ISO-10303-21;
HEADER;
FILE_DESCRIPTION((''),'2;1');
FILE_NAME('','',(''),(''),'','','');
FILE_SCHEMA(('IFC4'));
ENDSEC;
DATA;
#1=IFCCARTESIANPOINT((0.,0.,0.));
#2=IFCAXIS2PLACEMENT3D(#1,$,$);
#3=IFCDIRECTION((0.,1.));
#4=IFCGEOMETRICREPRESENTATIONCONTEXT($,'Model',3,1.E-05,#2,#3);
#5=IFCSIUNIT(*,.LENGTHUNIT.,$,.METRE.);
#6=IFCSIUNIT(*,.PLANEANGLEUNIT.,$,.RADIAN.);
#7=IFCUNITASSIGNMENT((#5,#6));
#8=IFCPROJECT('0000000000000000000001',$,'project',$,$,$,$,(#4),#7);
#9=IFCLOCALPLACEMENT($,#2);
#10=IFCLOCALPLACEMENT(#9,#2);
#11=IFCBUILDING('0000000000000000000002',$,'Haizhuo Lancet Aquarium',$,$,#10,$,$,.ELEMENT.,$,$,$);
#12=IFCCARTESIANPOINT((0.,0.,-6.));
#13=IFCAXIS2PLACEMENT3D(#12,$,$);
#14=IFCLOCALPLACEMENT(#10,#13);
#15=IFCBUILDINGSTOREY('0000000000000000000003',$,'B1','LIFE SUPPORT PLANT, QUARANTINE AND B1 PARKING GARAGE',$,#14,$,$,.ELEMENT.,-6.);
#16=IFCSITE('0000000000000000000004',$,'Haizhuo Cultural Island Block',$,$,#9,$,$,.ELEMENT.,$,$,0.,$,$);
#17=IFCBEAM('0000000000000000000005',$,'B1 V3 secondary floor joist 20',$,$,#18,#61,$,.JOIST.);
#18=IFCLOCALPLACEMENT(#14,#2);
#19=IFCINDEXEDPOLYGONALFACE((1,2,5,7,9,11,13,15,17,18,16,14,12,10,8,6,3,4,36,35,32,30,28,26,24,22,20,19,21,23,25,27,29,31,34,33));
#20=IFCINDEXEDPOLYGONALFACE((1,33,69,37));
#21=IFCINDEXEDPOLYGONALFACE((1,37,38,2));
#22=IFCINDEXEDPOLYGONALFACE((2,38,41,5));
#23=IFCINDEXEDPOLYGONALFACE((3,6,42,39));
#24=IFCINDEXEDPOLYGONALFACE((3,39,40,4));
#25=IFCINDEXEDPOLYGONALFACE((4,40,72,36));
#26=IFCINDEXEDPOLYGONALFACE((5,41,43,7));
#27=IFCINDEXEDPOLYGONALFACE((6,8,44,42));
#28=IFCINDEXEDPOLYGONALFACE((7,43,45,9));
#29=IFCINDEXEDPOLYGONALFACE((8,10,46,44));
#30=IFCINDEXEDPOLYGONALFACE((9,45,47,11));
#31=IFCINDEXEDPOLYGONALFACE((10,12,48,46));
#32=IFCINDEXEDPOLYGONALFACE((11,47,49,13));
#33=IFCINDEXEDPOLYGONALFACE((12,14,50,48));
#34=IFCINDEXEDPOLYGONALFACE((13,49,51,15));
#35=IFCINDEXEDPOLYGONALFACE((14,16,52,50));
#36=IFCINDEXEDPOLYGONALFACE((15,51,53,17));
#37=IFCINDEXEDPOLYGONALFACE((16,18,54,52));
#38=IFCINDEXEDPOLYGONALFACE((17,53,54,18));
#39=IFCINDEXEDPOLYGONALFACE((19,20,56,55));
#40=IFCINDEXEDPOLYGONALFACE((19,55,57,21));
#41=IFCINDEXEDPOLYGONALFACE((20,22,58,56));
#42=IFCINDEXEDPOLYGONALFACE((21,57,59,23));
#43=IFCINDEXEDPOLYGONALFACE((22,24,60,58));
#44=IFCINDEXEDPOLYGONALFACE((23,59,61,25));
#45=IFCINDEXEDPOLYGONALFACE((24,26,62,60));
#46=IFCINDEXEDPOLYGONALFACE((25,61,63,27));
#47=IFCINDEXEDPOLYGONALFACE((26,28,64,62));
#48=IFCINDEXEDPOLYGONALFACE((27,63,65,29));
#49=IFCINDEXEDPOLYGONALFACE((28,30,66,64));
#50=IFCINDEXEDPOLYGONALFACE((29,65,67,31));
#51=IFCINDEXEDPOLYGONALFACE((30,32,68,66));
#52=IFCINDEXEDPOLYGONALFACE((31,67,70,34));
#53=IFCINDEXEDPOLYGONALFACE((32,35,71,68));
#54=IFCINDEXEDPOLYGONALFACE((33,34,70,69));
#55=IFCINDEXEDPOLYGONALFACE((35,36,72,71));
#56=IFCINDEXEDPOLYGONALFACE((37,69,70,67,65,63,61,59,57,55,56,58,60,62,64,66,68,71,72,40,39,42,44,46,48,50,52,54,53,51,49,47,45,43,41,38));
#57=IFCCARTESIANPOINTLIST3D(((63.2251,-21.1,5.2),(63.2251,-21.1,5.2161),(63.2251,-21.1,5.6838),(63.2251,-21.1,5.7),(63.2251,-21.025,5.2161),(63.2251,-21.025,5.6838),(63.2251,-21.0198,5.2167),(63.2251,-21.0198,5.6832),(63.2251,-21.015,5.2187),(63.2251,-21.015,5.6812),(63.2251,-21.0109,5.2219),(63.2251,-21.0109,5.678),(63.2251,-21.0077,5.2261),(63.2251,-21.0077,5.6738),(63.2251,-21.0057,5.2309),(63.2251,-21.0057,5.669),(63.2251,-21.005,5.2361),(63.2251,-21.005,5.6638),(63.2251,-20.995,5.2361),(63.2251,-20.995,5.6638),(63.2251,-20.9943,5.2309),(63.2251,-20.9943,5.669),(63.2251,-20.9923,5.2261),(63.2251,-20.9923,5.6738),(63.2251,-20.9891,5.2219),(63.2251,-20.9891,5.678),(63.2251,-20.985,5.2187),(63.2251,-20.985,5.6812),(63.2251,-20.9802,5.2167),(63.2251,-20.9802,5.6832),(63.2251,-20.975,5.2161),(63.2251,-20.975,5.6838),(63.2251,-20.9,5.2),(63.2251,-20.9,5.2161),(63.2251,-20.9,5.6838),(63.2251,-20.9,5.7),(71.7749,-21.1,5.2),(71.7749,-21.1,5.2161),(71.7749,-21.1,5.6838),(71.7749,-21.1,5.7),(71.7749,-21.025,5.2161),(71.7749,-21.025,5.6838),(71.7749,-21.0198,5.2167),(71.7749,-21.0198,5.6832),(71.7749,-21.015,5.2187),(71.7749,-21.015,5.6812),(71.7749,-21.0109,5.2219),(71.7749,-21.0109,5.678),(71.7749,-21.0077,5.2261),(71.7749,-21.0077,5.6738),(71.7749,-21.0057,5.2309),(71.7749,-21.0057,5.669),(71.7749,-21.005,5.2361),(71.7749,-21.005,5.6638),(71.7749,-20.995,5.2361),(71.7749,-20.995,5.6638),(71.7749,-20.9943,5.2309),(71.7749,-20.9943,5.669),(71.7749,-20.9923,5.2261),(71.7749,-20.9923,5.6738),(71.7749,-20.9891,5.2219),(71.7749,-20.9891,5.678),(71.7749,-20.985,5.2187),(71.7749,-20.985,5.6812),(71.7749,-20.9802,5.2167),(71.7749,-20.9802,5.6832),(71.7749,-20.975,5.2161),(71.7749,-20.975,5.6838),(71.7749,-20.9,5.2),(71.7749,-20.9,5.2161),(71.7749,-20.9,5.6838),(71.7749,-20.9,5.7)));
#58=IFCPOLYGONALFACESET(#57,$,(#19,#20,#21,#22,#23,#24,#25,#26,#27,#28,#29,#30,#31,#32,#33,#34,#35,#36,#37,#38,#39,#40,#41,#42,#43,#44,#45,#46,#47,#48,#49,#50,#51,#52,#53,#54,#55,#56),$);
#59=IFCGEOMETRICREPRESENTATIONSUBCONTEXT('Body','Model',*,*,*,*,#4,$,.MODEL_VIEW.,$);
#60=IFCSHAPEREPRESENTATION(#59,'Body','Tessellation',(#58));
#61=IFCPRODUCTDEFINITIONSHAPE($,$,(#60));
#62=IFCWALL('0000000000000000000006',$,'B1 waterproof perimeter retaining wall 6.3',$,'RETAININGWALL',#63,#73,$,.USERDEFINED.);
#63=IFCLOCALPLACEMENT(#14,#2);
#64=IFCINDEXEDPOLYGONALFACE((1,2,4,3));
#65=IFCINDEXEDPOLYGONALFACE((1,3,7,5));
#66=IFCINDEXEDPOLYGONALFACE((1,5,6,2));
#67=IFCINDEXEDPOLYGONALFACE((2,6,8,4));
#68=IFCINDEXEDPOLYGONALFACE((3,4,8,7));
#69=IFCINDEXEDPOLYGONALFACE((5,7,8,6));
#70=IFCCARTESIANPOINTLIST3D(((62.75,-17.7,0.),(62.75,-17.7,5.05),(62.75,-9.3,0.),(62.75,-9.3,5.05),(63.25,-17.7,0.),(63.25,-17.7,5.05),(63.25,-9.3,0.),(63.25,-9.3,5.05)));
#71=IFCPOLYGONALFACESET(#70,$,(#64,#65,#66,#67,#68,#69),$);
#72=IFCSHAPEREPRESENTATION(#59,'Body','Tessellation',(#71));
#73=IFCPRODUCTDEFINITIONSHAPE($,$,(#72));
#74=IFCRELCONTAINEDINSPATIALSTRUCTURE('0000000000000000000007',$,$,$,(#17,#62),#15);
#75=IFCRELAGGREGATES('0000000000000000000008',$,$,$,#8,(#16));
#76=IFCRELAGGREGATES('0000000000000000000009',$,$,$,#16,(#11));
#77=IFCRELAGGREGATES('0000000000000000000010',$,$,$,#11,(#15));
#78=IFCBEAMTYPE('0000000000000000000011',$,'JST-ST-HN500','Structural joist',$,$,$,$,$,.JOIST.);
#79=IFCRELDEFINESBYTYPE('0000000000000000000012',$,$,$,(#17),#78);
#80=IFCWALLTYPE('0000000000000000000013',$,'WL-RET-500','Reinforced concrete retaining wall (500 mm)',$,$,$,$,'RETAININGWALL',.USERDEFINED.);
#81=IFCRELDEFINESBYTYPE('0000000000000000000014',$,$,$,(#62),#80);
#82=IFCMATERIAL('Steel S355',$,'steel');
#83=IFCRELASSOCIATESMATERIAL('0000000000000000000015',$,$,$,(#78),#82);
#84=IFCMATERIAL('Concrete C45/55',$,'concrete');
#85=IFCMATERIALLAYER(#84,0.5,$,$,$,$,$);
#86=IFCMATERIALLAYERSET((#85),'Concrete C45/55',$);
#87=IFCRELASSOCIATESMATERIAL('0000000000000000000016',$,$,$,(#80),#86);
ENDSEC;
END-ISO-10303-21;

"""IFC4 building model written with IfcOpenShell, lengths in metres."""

from ifc_helpers import new_model, si_unit, direction, frame, frame_2d, origin, origin_2d, place, context, subcontext, project, spatial, rectangle, i_section, extrude, material, layer, layer_set, material_profile, profile_set, type_object, element, save


model = new_model("IFC4")

# Units and contexts
model_context = context("Model", 3, precision=1e-05, world=origin(), true_north=direction((0.0, 1.0)))
body_context = subcontext(model_context, "Body", "Model", "MODEL_VIEW")
ifc_project = project(units=[si_unit("LENGTHUNIT", "METRE"), si_unit("PLANEANGLEUNIT", "RADIAN")], contexts=[model_context])

# Site, building, storey
site_placement = place(None, origin())
site = spatial("IfcSite", under=ifc_project, at=site_placement, Name="Haizhuo Cultural Island Block", CompositionType="ELEMENT", RefElevation=0.0)
building_placement = place(site_placement, origin())
building = spatial("IfcBuilding", under=site, at=building_placement, Name="Haizhuo Lancet Aquarium", CompositionType="ELEMENT")
storey_placement = place(building_placement, frame((0.0, 0.0, -6.0)))
storey = spatial("IfcBuildingStorey", under=building, at=storey_placement, Name="B1", Description="LIFE SUPPORT PLANT, QUARANTINE AND B1 PARKING GARAGE", CompositionType="ELEMENT", Elevation=-6.0)

# Shared definitions
ifc_material_1 = material(Name="Concrete C45/55", Category="concrete")

# Beam
ifc_material_2 = material(Name="Steel S355", Category="steel")
ifc_material_profile_1 = material_profile(ifc_material_2, i_section(OverallWidth=0.2, OverallDepth=0.5, WebThickness=0.01, FlangeThickness=0.0161, FilletRadius=0.02, at=origin_2d()), Name="HN 500x200x10x16")
ifc_profile_set_1 = profile_set([ifc_material_profile_1], Name="Steel S355")
beam_type_1 = type_object("IfcBeamType", Name="JST-ST-HN500", Description="Structural joist", PredefinedType="JOIST", material=ifc_profile_set_1)
beam_1_placement = place(storey_placement, frame((63.2251, -21.0, 5.45), z_axis=(1.0, 0.0, 0.0), x_axis=(0.0, 1.0, 0.0)))
element("IfcBeam", 1, at=beam_1_placement, inside=storey, type_object=beam_type_1, Name="B1 V3 secondary floor joist 20", PredefinedType="JOIST", context=body_context, shape_type="SweptSolid", body=[
    extrude(i_section(OverallWidth=0.2, OverallDepth=0.5, WebThickness=0.01, FlangeThickness=0.0161, FilletRadius=0.02, at=origin_2d()), origin(), (0.0, 0.0, 1.0), 8.5498),
])

# Wall
ifc_layer = layer(ifc_material_1, 0.5)
ifc_layer_set = layer_set([ifc_layer], Name="Concrete C45/55")
wall_type = type_object("IfcWallType", Name="WL-RET-500", Description="Reinforced concrete retaining wall (500 mm)", ElementType="RETAININGWALL", PredefinedType="USERDEFINED", material=ifc_layer_set)
wall_placement = place(storey_placement, frame((63.0, -17.7, 0.0), z_axis=(0.0, 0.0, 1.0), x_axis=(0.0, 1.0, 0.0)))
element("IfcWall", 2, at=wall_placement, inside=storey, type_object=wall_type, Name="B1 waterproof perimeter retaining wall 6.3", ObjectType="RETAININGWALL", PredefinedType="USERDEFINED", context=body_context, shape_type="SweptSolid", body=[
    extrude(rectangle(XDim=8.3999, YDim=0.5, at=frame_2d((4.2, 0.0))), origin(), (0.0, 0.0, 1.0), 5.05),
])

save(model, "model.ifc")
